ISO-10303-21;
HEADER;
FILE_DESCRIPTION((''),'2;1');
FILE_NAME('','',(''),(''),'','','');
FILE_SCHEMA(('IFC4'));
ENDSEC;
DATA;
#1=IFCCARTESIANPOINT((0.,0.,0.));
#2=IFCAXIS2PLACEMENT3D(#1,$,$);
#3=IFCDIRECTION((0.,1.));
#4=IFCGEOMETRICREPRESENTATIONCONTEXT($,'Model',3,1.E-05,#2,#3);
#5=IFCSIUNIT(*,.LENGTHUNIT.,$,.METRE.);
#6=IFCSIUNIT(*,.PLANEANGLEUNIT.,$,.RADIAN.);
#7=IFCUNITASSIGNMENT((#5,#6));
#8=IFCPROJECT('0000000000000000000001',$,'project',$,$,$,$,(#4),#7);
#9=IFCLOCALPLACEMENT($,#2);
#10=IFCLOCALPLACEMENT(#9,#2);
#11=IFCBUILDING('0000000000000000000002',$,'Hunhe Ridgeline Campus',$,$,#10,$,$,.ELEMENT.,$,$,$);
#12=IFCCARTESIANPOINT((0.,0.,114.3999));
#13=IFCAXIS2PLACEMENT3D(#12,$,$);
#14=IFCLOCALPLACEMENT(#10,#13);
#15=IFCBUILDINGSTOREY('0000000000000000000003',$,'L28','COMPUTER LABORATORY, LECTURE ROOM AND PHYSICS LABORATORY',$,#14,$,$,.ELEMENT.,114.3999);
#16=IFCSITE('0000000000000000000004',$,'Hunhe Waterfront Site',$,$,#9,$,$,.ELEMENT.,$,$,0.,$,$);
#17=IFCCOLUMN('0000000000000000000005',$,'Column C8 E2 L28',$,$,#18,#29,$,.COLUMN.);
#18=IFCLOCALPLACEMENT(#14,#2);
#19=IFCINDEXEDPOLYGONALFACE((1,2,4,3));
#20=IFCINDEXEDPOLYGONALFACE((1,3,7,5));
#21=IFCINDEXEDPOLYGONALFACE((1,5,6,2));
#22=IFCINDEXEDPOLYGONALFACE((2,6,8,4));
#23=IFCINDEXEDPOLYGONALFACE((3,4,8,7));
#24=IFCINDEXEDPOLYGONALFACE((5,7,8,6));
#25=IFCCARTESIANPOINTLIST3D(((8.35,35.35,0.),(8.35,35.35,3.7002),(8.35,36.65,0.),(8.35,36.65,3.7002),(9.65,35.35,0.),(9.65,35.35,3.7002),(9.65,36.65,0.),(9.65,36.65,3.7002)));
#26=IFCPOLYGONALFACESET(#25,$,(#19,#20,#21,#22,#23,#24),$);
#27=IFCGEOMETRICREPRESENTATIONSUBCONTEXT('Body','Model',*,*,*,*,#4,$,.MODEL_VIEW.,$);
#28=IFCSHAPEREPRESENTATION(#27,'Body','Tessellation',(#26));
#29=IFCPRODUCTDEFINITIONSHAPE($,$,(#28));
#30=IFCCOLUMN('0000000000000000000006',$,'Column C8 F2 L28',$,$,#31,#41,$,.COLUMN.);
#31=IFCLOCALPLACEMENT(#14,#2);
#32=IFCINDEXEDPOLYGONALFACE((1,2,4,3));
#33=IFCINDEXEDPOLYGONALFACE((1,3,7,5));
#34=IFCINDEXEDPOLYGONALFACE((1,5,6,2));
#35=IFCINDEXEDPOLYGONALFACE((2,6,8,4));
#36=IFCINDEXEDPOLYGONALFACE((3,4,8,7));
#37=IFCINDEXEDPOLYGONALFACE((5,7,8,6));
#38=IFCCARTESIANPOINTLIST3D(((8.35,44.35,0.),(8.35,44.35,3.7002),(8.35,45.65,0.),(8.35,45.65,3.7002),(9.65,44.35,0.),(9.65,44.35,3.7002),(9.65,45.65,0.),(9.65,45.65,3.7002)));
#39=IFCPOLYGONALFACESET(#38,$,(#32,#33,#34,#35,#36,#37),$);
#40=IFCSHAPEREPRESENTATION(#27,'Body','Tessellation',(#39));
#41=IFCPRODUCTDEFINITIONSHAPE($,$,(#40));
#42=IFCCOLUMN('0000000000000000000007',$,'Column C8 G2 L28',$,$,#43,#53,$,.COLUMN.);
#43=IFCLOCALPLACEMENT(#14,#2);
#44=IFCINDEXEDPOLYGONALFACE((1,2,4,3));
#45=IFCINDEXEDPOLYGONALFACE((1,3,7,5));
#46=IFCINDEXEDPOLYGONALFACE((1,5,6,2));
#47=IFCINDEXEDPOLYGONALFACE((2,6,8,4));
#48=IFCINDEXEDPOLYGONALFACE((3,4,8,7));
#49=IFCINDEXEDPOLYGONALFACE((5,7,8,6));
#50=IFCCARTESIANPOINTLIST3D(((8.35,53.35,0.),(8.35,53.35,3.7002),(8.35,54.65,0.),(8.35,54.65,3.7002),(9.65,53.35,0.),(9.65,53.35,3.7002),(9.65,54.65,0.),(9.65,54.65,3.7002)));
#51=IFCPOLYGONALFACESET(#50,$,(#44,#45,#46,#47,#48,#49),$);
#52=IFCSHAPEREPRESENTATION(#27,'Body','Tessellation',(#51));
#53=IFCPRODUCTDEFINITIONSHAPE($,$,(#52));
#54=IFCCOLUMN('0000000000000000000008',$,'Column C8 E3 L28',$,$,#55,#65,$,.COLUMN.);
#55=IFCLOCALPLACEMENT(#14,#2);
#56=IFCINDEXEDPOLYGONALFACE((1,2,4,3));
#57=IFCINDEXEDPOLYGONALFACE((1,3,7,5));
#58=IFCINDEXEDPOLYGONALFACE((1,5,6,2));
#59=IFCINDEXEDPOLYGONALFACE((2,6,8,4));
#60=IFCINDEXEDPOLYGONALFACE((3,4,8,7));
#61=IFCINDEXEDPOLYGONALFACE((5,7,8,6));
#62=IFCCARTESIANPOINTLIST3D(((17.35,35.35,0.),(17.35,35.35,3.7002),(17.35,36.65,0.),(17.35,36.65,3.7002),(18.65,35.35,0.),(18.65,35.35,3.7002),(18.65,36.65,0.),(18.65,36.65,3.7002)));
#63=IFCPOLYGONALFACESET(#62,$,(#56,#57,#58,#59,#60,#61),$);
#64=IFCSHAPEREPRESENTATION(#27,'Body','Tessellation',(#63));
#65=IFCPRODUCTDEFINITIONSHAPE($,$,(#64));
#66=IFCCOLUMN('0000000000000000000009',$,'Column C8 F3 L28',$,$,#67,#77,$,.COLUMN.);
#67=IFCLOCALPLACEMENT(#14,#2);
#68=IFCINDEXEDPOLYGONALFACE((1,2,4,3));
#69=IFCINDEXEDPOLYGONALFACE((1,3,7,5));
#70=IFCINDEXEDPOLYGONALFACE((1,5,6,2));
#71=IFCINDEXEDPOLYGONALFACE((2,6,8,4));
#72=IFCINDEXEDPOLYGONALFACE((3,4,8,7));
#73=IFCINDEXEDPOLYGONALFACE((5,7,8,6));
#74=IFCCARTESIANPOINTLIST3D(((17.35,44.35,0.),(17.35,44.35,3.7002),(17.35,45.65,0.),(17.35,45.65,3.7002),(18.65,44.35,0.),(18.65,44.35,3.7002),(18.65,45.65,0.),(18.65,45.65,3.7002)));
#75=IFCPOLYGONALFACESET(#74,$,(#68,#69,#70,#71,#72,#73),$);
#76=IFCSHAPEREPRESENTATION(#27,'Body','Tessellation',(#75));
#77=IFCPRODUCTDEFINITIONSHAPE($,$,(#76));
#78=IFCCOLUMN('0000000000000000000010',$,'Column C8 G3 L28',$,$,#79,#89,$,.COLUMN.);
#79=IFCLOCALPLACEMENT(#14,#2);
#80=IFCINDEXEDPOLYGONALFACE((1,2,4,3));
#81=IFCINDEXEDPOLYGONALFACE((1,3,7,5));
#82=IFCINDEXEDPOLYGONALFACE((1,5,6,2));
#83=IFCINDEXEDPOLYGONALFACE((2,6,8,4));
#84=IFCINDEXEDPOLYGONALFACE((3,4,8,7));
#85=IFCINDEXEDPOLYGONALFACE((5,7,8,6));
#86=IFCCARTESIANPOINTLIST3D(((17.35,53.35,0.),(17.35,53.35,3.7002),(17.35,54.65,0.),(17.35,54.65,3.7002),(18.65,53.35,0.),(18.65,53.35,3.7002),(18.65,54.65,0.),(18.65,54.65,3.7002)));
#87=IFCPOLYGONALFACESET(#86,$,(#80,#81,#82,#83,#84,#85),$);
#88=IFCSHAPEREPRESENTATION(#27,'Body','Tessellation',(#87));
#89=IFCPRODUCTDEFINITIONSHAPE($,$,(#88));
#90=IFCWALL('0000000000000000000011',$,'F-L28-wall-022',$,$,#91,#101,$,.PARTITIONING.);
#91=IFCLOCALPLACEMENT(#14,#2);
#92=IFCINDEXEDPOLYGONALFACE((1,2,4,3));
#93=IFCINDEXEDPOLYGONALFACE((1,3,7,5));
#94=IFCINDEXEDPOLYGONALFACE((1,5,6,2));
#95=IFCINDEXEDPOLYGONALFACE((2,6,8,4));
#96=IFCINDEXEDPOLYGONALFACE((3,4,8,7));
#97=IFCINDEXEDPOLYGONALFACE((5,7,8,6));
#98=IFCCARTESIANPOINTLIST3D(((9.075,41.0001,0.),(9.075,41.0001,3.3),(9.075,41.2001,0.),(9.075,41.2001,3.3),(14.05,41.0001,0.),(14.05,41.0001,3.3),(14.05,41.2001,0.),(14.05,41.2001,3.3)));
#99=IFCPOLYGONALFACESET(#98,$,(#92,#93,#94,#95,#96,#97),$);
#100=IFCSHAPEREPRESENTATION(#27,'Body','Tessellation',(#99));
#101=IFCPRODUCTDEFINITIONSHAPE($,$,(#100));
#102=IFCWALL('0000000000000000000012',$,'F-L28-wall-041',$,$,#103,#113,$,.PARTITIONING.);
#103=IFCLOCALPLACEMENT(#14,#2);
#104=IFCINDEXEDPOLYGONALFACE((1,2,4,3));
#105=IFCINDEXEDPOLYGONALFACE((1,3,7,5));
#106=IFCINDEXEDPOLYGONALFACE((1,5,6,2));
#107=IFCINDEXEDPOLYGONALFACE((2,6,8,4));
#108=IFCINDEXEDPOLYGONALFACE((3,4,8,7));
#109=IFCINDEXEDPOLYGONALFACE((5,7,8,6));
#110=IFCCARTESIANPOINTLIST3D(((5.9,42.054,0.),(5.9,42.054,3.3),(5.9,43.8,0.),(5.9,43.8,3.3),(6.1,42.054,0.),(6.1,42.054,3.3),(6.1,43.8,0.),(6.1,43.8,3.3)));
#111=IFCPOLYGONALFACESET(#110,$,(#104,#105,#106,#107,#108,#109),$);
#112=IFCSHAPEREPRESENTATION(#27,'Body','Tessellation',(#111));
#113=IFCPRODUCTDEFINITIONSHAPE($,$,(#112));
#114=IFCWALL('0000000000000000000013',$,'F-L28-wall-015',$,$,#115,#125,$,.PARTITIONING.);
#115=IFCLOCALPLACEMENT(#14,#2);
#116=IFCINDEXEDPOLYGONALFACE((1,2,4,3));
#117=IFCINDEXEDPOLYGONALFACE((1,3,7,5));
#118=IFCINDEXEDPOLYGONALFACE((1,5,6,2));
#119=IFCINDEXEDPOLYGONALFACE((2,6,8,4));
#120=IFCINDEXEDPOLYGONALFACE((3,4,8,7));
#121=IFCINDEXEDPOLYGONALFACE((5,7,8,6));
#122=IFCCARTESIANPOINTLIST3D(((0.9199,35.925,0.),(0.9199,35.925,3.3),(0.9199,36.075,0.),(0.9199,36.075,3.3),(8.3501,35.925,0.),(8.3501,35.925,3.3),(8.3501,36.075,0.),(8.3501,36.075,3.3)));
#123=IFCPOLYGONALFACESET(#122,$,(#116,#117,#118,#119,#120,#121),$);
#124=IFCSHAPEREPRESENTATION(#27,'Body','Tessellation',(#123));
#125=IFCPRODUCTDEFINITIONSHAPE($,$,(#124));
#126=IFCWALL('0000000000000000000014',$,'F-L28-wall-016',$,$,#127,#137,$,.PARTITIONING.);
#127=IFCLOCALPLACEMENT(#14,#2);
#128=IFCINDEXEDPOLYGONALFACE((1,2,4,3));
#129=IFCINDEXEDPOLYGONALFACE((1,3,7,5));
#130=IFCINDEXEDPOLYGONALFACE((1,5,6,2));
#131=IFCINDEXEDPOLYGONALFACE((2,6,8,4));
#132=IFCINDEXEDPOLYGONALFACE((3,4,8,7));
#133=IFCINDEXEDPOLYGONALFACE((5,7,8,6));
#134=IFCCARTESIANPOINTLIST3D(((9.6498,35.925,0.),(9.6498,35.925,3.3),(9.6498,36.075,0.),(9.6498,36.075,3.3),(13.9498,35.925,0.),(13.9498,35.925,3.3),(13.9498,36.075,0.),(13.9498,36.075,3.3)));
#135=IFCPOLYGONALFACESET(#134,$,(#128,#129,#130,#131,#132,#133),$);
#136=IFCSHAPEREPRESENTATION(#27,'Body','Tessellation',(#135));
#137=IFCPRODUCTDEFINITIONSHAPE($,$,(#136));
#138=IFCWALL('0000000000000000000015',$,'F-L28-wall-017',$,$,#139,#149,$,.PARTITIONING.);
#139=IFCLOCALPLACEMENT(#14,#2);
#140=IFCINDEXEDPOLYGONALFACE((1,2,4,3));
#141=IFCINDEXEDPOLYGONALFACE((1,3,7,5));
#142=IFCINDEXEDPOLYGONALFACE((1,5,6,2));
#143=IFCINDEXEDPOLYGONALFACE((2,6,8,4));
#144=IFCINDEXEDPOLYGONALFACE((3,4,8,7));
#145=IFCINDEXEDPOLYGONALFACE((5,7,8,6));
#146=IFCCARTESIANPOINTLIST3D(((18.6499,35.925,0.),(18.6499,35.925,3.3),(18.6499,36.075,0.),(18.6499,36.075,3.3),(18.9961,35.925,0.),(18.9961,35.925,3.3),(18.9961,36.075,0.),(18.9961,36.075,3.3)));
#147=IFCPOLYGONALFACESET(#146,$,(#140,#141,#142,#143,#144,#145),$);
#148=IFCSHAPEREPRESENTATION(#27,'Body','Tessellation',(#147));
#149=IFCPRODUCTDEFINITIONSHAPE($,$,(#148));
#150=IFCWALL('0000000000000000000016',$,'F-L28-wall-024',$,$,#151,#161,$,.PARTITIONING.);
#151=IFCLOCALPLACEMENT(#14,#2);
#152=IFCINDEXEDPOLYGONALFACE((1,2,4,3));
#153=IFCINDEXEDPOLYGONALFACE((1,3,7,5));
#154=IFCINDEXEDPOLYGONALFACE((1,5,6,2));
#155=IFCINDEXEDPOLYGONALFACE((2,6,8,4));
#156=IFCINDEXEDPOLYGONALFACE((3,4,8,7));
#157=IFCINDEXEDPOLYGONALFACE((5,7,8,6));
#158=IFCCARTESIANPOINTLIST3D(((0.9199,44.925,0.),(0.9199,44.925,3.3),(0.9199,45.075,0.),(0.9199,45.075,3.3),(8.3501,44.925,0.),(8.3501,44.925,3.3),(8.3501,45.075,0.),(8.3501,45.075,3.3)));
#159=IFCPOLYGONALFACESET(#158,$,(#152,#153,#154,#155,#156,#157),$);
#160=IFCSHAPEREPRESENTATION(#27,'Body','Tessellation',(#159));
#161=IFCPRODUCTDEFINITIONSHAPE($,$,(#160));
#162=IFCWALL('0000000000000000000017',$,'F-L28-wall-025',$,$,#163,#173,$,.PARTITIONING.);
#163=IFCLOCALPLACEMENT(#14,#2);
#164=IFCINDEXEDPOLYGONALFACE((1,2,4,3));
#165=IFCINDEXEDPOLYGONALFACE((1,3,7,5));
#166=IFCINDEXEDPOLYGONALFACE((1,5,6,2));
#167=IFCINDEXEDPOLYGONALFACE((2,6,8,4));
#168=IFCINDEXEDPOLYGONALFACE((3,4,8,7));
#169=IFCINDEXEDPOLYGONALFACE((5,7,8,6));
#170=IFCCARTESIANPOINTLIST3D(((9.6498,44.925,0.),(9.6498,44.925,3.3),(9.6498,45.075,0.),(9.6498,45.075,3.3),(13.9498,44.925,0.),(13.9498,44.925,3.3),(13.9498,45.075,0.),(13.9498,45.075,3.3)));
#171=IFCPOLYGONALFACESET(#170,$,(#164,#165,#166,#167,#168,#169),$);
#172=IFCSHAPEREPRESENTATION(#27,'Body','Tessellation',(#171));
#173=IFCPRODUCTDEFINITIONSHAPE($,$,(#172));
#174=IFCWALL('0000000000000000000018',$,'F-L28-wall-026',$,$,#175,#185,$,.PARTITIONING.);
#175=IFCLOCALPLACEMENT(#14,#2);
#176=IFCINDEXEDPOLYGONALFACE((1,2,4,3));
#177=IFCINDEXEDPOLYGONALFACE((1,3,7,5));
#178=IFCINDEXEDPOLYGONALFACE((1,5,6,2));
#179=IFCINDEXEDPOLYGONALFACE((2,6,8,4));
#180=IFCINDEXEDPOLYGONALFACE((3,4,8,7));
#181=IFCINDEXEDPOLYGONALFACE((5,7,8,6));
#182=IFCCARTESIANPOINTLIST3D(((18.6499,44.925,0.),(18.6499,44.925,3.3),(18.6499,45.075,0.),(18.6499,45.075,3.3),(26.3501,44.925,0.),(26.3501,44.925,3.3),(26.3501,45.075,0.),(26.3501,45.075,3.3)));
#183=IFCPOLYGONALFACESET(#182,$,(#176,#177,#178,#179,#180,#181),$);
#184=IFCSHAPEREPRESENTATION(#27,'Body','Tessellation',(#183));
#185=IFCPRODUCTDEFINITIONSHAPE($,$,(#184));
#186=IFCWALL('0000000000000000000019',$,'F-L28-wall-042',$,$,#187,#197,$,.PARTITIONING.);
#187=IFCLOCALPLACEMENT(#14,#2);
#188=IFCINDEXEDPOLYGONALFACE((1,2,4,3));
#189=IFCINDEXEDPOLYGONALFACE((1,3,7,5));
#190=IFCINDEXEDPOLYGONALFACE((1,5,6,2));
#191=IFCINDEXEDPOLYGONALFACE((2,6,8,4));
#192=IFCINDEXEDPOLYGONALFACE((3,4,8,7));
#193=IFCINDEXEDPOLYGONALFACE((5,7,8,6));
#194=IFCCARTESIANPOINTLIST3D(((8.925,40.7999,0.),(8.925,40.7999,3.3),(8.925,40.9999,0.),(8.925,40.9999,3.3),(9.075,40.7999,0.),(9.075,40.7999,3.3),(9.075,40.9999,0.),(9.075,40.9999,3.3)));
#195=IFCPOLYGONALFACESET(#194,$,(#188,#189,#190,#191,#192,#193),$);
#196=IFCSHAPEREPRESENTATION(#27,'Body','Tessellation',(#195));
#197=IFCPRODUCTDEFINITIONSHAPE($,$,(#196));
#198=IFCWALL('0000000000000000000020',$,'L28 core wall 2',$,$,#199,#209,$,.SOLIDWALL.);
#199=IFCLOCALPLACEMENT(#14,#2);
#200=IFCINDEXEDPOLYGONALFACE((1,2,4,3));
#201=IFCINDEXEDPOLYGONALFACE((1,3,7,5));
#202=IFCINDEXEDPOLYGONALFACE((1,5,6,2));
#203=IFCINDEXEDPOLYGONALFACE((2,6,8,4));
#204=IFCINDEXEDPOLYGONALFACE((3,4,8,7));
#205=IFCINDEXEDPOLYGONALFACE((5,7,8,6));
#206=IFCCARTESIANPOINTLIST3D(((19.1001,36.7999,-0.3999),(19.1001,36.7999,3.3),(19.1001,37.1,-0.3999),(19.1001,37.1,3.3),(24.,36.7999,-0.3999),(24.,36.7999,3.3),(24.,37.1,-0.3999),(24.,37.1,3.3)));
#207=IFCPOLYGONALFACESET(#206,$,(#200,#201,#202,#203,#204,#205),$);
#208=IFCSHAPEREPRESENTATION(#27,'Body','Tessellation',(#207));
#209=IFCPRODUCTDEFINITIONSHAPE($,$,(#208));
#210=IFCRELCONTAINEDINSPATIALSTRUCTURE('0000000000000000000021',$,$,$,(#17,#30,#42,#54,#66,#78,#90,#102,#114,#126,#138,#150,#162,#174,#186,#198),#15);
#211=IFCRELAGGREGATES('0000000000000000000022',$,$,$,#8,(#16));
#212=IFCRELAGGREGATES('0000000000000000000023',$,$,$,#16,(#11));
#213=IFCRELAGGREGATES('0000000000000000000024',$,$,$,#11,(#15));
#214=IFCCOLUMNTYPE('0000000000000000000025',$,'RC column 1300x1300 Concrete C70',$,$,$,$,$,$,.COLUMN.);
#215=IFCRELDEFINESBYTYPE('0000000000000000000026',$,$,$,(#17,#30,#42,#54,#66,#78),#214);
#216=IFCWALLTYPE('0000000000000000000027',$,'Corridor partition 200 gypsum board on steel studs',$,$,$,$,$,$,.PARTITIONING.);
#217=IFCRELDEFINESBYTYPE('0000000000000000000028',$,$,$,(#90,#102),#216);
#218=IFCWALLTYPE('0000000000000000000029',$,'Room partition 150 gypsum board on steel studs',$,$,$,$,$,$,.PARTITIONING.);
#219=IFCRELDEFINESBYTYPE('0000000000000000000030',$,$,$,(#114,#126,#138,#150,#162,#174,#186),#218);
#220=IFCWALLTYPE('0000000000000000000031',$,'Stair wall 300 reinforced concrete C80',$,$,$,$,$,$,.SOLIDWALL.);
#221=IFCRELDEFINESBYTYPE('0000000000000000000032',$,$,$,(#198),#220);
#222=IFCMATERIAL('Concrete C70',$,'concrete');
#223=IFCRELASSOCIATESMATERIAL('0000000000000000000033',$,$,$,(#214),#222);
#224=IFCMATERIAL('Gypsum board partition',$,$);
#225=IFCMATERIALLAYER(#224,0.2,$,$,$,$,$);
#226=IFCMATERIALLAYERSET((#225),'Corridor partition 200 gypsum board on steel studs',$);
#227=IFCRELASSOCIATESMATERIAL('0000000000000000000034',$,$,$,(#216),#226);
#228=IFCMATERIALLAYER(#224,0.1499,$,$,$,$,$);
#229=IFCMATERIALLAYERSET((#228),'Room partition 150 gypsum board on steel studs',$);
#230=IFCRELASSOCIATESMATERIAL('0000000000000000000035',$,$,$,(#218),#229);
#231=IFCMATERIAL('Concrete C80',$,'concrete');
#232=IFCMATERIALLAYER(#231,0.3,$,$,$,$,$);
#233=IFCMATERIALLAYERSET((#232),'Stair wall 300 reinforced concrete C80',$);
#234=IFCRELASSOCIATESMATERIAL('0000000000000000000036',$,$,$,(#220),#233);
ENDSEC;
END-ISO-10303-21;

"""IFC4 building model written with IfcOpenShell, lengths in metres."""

from ifc_helpers import new_model, si_unit, direction, frame, frame_2d, origin, origin_2d, place, context, subcontext, project, spatial, rectangle, extrude, material, layer, layer_set, material_profile, profile_set, type_object, element, save


model = new_model("IFC4")

# Units and contexts
model_context = context("Model", 3, precision=1e-05, world=origin(), true_north=direction((0.0, 1.0)))
body_context = subcontext(model_context, "Body", "Model", "MODEL_VIEW")
ifc_project = project(units=[si_unit("LENGTHUNIT", "METRE"), si_unit("PLANEANGLEUNIT", "RADIAN")], contexts=[model_context])

# Site, building, storey
site_placement = place(None, origin())
site = spatial("IfcSite", under=ifc_project, at=site_placement, Name="Hunhe Waterfront Site", CompositionType="ELEMENT", RefElevation=0.0)
building_placement = place(site_placement, origin())
building = spatial("IfcBuilding", under=site, at=building_placement, Name="Hunhe Ridgeline Campus", CompositionType="ELEMENT")
storey_placement = place(building_placement, frame((0.0, 0.0, 114.3999)))
storey = spatial("IfcBuildingStorey", under=building, at=storey_placement, Name="L28", Description="COMPUTER LABORATORY, LECTURE ROOM AND PHYSICS LABORATORY", CompositionType="ELEMENT", Elevation=114.3999)

# Columns
ifc_material_1 = material(Name="Concrete C70", Category="concrete")
ifc_material_profile = material_profile(ifc_material_1, rectangle(XDim=1.3, YDim=1.3, at=origin_2d()))
ifc_profile_set = profile_set([ifc_material_profile], Name="Concrete C70")
column_type = type_object("IfcColumnType", Name="RC column 1300x1300 Concrete C70", PredefinedType="COLUMN", material=ifc_profile_set)
for number, where, z_axis, x_axis, name in (
    (1, (9.0, 36.0, 0.0), (0.0, 0.0, 1.0), (1.0, 0.0, 0.0), "Column C8 E2 L28"),
    (2, (9.0, 45.0, 0.0), (0.0, 0.0, 1.0), (1.0, 0.0, 0.0), "Column C8 F2 L28"),
    (3, (9.0, 54.0, 0.0), (0.0, 0.0, 1.0), (1.0, 0.0, 0.0), "Column C8 G2 L28"),
    (4, (18.0, 36.0, 0.0), (0.0, 0.0, 1.0), (1.0, 0.0, 0.0), "Column C8 E3 L28"),
    (5, (18.0, 45.0, 0.0), (0.0, 0.0, 1.0), (1.0, 0.0, 0.0), "Column C8 F3 L28"),
    (6, (18.0, 54.0, 0.0), (0.0, 0.0, 1.0), (1.0, 0.0, 0.0), "Column C8 G3 L28"),
):
    element("IfcColumn", number, at=place(storey_placement, frame(where, z_axis=z_axis, x_axis=x_axis)), inside=storey, type_object=column_type, Name=name, PredefinedType="COLUMN", context=body_context, shape_type="SweptSolid", body=[
        extrude(rectangle(XDim=1.3, YDim=1.3, at=origin_2d()), origin(), (0.0, 0.0, 1.0), 3.7002),
    ])

# Wall
ifc_material_2 = material(Name="Gypsum board partition")
ifc_layer_1 = layer(ifc_material_2, 0.2)
ifc_layer_set_1 = layer_set([ifc_layer_1], Name="Corridor partition 200 gypsum board on steel studs")
wall_type_1 = type_object("IfcWallType", Name="Corridor partition 200 gypsum board on steel studs", PredefinedType="PARTITIONING", material=ifc_layer_set_1)
wall_1_placement = place(storey_placement, frame((14.05, 41.1001, 0.0), z_axis=(0.0, 0.0, 1.0), x_axis=(-1.0, 0.0, 0.0)))
element("IfcWall", 7, at=wall_1_placement, inside=storey, type_object=wall_type_1, Name="F-L28-wall-022", PredefinedType="PARTITIONING", context=body_context, shape_type="SweptSolid", body=[
    extrude(rectangle(XDim=4.9751, YDim=0.2, at=frame_2d((2.4875, 0.0))), origin(), (0.0, 0.0, 1.0), 3.3),
])

# Wall
wall_2_placement = place(storey_placement, frame((6.0, 42.054, 0.0), z_axis=(0.0, 0.0, 1.0), x_axis=(0.0, 1.0, 0.0)))
element("IfcWall", 8, at=wall_2_placement, inside=storey, type_object=wall_type_1, Name="F-L28-wall-041", PredefinedType="PARTITIONING", context=body_context, shape_type="SweptSolid", body=[
    extrude(rectangle(XDim=1.7461, YDim=0.2, at=frame_2d((0.873, 0.0))), origin(), (0.0, 0.0, 1.0), 3.3),
])

# Walls
ifc_layer_2 = layer(ifc_material_2, 0.1499)
ifc_layer_set_2 = layer_set([ifc_layer_2], Name="Room partition 150 gypsum board on steel studs")
wall_type_2 = type_object("IfcWallType", Name="Room partition 150 gypsum board on steel studs", PredefinedType="PARTITIONING", material=ifc_layer_set_2)
wall_3_placement = place(storey_placement, frame((0.9199, 36.0, 0.0), z_axis=(0.0, 0.0, 1.0), x_axis=(1.0, 0.0, 0.0)))
element("IfcWall", 9, at=wall_3_placement, inside=storey, type_object=wall_type_2, Name="F-L28-wall-015", PredefinedType="PARTITIONING", context=body_context, shape_type="SweptSolid", body=[
    extrude(rectangle(XDim=7.4302, YDim=0.1499, at=frame_2d((3.7151, 0.0))), origin(), (0.0, 0.0, 1.0), 3.3),
])
wall_4_placement = place(storey_placement, frame((9.6499, 36.0, 0.0), z_axis=(0.0, 0.0, 1.0), x_axis=(1.0, 0.0, 0.0)))
element("IfcWall", 10, at=wall_4_placement, inside=storey, type_object=wall_type_2, Name="F-L28-wall-016", PredefinedType="PARTITIONING", context=body_context, shape_type="SweptSolid", body=[
    extrude(rectangle(XDim=4.3, YDim=0.1499, at=frame_2d((2.1499, 0.0))), origin(), (0.0, 0.0, 1.0), 3.3),
])
wall_5_placement = place(storey_placement, frame((18.6499, 36.0, 0.0), z_axis=(0.0, 0.0, 1.0), x_axis=(1.0, 0.0, 0.0)))
element("IfcWall", 11, at=wall_5_placement, inside=storey, type_object=wall_type_2, Name="F-L28-wall-017", PredefinedType="PARTITIONING", context=body_context, shape_type="SweptSolid", body=[
    extrude(rectangle(XDim=0.3462, YDim=0.1499, at=frame_2d((0.1731, 0.0))), origin(), (0.0, 0.0, 1.0), 3.3),
])
wall_6_placement = place(storey_placement, frame((0.9199, 45.0, 0.0), z_axis=(0.0, 0.0, 1.0), x_axis=(1.0, 0.0, 0.0)))
element("IfcWall", 12, at=wall_6_placement, inside=storey, type_object=wall_type_2, Name="F-L28-wall-024", PredefinedType="PARTITIONING", context=body_context, shape_type="SweptSolid", body=[
    extrude(rectangle(XDim=7.4302, YDim=0.1499, at=frame_2d((3.7151, 0.0))), origin(), (0.0, 0.0, 1.0), 3.3),
])
wall_7_placement = place(storey_placement, frame((9.6499, 45.0, 0.0), z_axis=(0.0, 0.0, 1.0), x_axis=(1.0, 0.0, 0.0)))
element("IfcWall", 13, at=wall_7_placement, inside=storey, type_object=wall_type_2, Name="F-L28-wall-025", PredefinedType="PARTITIONING", context=body_context, shape_type="SweptSolid", body=[
    extrude(rectangle(XDim=4.3, YDim=0.1499, at=frame_2d((2.1499, 0.0))), origin(), (0.0, 0.0, 1.0), 3.3),
])
wall_8_placement = place(storey_placement, frame((18.6499, 45.0, 0.0), z_axis=(0.0, 0.0, 1.0), x_axis=(1.0, 0.0, 0.0)))
element("IfcWall", 14, at=wall_8_placement, inside=storey, type_object=wall_type_2, Name="F-L28-wall-026", PredefinedType="PARTITIONING", context=body_context, shape_type="SweptSolid", body=[
    extrude(rectangle(XDim=7.7002, YDim=0.1499, at=frame_2d((3.8501, 0.0))), origin(), (0.0, 0.0, 1.0), 3.3),
])
wall_9_placement = place(storey_placement, frame((9.0, 41.0, 0.0), z_axis=(0.0, 0.0, 1.0), x_axis=(0.0, -1.0, 0.0)))
element("IfcWall", 15, at=wall_9_placement, inside=storey, type_object=wall_type_2, Name="F-L28-wall-042", PredefinedType="PARTITIONING", context=body_context, shape_type="SweptSolid", body=[
    extrude(rectangle(XDim=0.2, YDim=0.1499, at=frame_2d((0.1001, 0.0))), origin(), (0.0, 0.0, 1.0), 3.3),
])
ifc_material_3 = material(Name="Concrete C80", Category="concrete")
ifc_layer_3 = layer(ifc_material_3, 0.3)
ifc_layer_set_3 = layer_set([ifc_layer_3], Name="Stair wall 300 reinforced concrete C80")
wall_type_3 = type_object("IfcWallType", Name="Stair wall 300 reinforced concrete C80", PredefinedType="SOLIDWALL", material=ifc_layer_set_3)
wall_10_placement = place(storey_placement, frame((19.1001, 36.95, -0.3999), z_axis=(0.0, 0.0, 1.0), x_axis=(1.0, 0.0, 0.0)))
element("IfcWall", 16, at=wall_10_placement, inside=storey, type_object=wall_type_3, Name="L28 core wall 2", PredefinedType="SOLIDWALL", context=body_context, shape_type="SweptSolid", body=[
    extrude(rectangle(XDim=4.8999, YDim=0.3, at=frame_2d((2.45, 0.0))), origin(), (0.0, 0.0, 1.0), 3.7),
])

save(model, "model.ifc")
